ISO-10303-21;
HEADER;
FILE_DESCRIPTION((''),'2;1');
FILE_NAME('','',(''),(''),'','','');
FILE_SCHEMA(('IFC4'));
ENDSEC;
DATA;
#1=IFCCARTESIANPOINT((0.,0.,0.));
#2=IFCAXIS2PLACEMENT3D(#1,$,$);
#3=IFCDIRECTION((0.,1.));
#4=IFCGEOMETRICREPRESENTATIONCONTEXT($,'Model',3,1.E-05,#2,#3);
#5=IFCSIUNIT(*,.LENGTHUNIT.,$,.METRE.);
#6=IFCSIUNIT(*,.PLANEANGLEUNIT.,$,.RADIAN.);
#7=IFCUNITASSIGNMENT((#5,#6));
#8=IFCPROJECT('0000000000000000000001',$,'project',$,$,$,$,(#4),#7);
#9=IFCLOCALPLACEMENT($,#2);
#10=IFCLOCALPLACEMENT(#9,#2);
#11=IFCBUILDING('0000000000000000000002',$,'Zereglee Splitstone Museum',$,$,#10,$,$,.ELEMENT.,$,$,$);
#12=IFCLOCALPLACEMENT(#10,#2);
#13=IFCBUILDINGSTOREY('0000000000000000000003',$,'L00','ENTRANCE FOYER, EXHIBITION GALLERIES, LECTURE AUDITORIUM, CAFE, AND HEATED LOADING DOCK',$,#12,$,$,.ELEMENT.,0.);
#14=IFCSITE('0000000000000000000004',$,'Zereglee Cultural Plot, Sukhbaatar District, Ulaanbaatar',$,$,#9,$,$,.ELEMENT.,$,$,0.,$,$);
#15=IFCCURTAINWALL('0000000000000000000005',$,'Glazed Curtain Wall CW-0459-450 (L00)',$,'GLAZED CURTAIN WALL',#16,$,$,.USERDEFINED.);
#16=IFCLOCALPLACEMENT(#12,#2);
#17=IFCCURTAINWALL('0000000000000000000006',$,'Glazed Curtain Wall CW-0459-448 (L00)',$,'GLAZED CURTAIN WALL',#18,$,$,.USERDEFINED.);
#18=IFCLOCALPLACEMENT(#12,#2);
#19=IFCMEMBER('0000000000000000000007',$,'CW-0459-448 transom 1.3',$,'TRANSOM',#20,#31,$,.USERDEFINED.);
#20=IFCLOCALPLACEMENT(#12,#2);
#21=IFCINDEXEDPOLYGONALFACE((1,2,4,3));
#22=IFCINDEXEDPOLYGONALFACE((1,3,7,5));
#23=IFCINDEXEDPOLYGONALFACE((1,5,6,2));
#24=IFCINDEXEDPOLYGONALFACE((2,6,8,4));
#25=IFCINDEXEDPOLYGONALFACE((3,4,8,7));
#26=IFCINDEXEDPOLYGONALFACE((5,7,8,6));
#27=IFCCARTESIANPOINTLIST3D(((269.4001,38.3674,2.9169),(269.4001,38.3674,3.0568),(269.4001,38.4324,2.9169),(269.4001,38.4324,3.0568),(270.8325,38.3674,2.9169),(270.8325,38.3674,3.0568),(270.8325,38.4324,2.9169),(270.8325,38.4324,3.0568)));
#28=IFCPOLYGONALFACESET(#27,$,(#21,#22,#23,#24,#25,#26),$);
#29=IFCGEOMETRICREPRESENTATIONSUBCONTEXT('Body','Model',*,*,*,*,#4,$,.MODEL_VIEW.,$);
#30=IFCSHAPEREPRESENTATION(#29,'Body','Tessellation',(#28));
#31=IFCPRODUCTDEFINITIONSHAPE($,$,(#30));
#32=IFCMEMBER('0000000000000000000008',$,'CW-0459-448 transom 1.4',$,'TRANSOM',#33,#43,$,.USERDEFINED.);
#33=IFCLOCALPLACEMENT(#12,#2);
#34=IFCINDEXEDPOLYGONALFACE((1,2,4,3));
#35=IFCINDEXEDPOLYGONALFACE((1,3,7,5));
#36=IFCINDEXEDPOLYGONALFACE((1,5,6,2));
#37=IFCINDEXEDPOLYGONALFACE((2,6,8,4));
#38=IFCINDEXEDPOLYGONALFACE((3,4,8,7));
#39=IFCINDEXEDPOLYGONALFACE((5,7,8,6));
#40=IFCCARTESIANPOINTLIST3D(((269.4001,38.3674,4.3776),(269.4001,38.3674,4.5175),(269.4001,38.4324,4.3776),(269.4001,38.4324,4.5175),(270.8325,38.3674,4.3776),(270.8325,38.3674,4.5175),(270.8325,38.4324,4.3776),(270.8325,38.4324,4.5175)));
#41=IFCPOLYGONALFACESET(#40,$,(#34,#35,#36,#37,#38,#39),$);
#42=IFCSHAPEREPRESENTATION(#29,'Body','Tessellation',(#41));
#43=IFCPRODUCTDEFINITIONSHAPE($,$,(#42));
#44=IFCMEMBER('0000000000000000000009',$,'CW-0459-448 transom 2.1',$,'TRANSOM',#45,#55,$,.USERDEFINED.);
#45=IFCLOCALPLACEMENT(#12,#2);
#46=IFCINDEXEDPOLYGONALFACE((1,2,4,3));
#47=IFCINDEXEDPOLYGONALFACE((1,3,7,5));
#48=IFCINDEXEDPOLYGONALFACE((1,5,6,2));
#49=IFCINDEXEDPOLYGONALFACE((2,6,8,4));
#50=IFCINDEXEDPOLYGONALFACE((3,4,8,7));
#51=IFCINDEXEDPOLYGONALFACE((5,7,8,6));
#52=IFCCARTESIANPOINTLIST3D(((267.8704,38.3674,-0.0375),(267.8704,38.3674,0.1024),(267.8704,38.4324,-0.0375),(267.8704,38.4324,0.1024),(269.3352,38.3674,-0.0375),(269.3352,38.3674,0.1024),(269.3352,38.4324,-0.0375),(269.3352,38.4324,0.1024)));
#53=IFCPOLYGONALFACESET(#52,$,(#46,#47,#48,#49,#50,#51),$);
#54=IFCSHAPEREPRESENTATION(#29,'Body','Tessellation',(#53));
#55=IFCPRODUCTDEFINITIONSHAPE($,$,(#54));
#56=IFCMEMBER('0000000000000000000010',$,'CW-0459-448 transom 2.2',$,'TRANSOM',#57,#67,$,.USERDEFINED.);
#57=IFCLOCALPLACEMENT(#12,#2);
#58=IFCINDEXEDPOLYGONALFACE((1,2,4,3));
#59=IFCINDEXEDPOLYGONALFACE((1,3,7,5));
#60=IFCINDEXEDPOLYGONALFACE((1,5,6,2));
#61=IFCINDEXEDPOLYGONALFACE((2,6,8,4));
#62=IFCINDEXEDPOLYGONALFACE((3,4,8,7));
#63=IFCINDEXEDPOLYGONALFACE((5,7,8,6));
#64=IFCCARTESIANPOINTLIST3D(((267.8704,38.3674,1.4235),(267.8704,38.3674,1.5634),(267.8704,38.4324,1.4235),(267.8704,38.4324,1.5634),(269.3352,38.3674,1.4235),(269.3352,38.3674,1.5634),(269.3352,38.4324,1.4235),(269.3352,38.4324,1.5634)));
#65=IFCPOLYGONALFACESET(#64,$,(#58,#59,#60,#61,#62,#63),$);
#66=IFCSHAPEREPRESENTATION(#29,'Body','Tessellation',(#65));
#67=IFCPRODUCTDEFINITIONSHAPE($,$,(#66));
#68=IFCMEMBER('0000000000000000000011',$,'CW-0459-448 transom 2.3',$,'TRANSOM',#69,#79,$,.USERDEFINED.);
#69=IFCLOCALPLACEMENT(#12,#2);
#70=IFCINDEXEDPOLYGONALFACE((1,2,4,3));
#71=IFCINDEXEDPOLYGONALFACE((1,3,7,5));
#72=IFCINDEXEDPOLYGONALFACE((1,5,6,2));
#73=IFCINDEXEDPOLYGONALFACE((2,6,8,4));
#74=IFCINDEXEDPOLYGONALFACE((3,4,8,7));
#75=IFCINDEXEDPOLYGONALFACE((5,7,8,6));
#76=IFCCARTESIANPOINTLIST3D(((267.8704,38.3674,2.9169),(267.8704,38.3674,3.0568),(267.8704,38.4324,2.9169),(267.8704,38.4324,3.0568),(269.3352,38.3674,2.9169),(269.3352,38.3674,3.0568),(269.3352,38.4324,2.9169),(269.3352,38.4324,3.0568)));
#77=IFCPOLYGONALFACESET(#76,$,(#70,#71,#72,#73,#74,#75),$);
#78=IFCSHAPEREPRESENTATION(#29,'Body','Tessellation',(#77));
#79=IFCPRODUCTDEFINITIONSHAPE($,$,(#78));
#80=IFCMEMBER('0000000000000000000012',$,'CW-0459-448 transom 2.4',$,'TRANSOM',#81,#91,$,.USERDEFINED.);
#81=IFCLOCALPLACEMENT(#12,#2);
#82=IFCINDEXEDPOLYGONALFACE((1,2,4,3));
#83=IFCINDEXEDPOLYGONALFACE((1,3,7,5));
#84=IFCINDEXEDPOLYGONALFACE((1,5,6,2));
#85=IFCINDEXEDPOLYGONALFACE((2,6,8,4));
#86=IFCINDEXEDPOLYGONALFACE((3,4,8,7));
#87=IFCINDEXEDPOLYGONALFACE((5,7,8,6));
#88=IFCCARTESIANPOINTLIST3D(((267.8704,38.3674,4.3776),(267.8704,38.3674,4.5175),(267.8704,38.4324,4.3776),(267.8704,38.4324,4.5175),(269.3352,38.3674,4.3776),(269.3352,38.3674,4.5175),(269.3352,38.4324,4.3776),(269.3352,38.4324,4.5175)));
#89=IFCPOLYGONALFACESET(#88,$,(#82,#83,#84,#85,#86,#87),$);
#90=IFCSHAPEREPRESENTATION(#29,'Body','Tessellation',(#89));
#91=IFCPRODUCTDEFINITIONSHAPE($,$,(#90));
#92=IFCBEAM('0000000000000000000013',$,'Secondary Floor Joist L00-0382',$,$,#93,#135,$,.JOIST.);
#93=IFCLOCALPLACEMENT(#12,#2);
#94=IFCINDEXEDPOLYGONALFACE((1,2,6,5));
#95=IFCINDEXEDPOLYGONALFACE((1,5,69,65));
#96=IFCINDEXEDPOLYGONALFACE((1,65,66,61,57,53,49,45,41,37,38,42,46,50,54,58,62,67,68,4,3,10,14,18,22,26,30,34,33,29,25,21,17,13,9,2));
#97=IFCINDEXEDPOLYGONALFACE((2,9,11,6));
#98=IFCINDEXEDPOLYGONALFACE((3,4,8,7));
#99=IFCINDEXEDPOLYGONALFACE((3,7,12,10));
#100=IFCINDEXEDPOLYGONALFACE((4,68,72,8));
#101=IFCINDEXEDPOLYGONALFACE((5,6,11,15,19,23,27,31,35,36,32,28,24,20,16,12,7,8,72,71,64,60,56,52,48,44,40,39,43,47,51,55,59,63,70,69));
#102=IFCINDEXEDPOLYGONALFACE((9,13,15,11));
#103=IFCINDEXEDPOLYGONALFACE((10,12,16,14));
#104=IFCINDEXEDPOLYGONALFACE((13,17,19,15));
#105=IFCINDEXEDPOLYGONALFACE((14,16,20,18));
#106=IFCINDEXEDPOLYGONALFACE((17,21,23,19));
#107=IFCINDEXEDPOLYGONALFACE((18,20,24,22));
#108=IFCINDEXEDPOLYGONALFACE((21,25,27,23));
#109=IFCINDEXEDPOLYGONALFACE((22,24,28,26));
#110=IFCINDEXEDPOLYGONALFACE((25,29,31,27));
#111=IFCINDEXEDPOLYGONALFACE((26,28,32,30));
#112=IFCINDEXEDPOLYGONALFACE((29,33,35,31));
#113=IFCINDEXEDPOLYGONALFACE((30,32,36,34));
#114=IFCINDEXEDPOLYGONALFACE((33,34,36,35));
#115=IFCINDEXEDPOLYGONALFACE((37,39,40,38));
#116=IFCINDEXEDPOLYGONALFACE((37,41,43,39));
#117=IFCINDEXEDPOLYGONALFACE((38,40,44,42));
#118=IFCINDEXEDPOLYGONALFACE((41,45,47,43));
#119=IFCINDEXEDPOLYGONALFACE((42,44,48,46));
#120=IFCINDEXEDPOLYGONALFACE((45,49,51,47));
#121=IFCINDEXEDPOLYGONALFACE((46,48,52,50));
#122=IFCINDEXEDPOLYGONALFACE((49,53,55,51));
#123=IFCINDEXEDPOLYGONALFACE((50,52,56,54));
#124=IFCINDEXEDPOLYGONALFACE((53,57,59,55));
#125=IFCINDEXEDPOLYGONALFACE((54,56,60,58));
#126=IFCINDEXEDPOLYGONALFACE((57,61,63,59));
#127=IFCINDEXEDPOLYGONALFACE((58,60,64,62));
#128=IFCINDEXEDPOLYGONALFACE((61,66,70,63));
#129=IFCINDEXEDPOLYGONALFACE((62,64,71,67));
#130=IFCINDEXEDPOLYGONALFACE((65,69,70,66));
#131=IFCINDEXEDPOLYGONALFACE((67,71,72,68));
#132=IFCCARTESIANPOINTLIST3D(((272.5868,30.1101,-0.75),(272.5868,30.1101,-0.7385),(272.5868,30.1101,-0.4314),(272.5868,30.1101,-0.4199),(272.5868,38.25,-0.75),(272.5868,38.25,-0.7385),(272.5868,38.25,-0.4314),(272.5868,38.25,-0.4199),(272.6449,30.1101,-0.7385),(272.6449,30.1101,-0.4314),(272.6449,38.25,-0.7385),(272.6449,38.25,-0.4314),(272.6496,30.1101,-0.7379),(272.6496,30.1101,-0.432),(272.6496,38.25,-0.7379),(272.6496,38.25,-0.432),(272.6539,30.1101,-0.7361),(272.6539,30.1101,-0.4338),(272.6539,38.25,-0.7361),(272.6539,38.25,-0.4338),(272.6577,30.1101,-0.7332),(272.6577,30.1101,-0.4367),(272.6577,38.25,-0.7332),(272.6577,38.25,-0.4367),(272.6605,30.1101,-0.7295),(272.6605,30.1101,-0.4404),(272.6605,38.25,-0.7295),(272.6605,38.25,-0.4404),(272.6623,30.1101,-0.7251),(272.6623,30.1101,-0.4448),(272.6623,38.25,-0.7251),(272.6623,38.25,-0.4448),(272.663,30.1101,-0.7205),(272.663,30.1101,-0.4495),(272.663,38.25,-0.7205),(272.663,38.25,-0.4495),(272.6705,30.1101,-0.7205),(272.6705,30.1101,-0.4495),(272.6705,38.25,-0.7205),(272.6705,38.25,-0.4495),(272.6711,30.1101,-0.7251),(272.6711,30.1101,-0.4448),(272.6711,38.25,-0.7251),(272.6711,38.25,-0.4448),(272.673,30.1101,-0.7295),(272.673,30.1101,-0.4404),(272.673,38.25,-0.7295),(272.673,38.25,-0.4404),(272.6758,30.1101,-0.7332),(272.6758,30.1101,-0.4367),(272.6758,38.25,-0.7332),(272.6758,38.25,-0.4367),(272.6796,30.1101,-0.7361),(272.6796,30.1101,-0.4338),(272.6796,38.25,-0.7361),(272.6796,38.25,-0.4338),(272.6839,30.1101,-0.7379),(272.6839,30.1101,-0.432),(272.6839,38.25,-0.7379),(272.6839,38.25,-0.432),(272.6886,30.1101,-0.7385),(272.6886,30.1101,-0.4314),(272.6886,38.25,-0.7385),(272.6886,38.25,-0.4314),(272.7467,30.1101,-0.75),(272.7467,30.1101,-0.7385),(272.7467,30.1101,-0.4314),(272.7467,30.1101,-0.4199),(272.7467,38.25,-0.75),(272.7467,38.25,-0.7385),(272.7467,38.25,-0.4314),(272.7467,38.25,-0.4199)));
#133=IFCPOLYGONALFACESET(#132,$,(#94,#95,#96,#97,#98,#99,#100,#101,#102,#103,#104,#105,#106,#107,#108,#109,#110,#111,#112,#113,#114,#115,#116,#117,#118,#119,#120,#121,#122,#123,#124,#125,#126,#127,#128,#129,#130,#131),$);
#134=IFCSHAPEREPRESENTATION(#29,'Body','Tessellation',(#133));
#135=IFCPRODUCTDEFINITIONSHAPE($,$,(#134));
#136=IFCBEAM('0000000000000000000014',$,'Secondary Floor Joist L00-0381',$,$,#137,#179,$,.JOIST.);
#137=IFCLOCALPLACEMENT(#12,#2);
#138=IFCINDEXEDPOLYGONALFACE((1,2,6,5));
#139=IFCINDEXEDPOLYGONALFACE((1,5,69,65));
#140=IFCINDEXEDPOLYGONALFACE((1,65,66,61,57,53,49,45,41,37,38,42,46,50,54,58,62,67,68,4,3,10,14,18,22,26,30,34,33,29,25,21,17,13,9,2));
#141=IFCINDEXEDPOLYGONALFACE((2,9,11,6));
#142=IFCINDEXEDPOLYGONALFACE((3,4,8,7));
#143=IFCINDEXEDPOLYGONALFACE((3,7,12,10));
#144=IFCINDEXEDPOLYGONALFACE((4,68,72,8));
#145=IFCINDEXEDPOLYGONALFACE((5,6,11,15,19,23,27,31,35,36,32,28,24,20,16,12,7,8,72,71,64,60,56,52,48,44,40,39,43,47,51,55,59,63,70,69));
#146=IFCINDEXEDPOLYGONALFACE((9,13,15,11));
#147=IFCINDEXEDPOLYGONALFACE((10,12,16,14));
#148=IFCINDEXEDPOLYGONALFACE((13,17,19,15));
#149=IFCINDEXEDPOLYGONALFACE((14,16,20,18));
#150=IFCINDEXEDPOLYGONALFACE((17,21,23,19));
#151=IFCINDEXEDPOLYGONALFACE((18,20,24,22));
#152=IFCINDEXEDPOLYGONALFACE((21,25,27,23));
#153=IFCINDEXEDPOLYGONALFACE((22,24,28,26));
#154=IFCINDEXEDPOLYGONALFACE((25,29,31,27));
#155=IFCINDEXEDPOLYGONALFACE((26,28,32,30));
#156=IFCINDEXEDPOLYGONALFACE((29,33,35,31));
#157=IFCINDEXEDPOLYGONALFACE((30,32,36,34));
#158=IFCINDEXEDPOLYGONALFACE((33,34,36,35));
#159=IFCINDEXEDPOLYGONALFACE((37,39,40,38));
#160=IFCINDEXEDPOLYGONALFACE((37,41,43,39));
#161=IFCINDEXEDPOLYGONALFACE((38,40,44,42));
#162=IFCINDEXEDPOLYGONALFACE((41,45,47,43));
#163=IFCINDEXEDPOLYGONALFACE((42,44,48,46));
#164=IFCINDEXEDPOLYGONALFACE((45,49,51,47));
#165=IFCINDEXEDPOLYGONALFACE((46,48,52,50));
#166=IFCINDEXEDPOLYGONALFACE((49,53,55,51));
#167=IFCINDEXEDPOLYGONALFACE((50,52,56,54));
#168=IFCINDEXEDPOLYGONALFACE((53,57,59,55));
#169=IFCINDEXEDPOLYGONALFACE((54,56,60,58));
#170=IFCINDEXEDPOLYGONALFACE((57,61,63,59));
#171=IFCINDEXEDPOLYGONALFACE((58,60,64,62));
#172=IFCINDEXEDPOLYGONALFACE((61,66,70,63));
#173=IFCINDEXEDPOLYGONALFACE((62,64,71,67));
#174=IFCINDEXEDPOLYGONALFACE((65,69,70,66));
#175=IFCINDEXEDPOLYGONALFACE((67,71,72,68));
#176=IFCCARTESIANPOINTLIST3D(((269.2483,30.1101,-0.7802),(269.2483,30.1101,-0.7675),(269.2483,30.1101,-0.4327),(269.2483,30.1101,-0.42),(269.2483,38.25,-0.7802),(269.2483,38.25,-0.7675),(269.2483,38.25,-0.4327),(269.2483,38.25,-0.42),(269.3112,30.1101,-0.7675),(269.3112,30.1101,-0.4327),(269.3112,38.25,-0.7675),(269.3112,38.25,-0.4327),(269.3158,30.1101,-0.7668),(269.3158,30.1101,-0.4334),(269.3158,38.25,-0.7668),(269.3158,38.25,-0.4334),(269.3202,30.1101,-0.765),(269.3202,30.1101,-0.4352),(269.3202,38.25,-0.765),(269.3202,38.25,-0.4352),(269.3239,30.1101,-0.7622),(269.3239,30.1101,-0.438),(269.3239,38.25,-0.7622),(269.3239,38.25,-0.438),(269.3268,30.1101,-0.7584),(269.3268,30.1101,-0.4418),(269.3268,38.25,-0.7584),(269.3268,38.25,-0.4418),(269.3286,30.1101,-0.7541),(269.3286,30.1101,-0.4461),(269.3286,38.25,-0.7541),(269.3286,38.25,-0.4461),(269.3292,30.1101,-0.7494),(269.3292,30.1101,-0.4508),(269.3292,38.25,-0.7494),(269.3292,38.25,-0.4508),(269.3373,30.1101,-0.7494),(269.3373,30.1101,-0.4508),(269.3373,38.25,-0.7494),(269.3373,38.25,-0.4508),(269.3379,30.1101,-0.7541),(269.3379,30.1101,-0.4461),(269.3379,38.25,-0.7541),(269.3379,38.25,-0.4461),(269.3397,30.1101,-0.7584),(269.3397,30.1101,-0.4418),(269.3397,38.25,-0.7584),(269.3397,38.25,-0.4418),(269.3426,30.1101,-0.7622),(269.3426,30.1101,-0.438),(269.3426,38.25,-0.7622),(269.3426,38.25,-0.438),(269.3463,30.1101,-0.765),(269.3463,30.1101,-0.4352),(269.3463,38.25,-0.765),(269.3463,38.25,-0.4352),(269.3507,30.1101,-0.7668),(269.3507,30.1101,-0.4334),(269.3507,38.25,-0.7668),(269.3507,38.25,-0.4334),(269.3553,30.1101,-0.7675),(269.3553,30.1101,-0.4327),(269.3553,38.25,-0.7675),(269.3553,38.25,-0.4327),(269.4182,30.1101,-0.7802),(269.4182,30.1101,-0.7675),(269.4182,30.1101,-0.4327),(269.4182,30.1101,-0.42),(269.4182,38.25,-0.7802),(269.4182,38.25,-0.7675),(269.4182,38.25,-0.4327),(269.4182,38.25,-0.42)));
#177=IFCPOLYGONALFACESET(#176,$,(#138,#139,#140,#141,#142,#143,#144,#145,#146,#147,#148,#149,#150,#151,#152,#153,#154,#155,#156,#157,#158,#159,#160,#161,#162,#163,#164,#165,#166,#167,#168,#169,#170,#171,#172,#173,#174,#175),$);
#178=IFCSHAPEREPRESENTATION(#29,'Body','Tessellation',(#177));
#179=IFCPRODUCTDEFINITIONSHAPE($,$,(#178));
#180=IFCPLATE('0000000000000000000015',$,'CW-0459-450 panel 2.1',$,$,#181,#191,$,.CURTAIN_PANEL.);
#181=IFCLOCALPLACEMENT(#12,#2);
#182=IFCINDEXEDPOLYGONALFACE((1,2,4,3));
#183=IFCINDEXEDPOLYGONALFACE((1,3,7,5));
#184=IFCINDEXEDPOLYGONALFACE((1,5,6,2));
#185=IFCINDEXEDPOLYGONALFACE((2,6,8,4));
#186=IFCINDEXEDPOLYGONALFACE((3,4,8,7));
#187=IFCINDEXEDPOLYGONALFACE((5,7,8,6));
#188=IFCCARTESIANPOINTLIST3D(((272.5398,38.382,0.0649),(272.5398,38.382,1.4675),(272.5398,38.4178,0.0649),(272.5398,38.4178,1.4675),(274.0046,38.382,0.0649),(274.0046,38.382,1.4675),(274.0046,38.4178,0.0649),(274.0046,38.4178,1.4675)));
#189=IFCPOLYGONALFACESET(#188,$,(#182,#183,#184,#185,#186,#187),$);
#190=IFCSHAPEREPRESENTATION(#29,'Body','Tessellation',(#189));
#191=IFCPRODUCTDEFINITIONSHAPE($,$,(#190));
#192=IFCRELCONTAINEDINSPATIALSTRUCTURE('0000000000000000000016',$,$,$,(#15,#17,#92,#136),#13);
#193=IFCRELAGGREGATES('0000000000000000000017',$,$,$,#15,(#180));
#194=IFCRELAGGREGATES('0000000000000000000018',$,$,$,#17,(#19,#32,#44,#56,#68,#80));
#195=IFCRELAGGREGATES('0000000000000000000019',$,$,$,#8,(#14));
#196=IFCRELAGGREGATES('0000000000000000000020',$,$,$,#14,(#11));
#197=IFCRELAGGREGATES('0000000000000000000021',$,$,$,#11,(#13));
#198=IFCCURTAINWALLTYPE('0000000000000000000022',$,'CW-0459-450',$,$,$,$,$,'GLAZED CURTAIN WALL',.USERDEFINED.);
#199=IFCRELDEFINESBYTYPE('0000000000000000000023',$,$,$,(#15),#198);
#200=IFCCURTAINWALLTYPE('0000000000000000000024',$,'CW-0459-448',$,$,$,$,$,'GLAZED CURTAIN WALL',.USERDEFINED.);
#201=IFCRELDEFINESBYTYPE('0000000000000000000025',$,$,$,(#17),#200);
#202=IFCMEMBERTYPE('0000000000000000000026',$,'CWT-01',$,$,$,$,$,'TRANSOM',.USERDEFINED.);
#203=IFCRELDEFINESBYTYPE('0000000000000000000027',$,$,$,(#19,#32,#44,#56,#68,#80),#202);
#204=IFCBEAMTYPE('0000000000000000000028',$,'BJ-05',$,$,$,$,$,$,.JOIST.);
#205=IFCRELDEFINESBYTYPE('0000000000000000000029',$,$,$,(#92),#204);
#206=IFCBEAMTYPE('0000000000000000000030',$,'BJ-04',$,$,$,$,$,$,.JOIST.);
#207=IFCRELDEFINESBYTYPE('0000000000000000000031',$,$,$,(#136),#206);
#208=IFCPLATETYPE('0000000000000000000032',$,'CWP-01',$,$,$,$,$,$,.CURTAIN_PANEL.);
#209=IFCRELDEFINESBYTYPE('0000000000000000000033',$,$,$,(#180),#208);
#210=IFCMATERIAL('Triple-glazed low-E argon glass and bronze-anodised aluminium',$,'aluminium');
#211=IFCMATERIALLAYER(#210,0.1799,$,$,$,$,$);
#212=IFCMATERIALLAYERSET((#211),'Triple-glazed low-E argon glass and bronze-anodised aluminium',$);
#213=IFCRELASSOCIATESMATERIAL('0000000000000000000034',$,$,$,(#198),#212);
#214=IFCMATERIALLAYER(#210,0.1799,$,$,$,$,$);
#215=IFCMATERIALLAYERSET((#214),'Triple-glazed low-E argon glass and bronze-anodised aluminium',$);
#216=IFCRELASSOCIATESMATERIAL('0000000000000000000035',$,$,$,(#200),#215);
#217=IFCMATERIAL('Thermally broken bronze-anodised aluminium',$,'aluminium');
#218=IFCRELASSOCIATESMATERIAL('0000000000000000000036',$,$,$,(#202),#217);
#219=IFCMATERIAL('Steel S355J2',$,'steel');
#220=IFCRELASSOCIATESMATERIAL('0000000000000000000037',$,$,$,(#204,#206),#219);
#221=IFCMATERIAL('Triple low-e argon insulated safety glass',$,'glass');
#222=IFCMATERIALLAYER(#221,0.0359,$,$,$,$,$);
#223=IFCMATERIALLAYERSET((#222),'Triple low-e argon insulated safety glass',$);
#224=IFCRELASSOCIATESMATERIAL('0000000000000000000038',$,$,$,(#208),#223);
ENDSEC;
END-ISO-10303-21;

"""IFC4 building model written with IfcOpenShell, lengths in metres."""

from ifc_helpers import new_model, si_unit, direction, frame, origin, origin_2d, place, context, subcontext, project, spatial, rectangle, i_section, extrude, material, layer, layer_set, material_profile, profile_set, type_object, element, aggregate, save


model = new_model("IFC4")

# Units and contexts
model_context = context("Model", 3, precision=1e-05, world=origin(), true_north=direction((0.0, 1.0)))
body_context = subcontext(model_context, "Body", "Model", "MODEL_VIEW")
ifc_project = project(units=[si_unit("LENGTHUNIT", "METRE"), si_unit("PLANEANGLEUNIT", "RADIAN")], contexts=[model_context])

# Site, building, storey
site_placement = place(None, origin())
site = spatial("IfcSite", under=ifc_project, at=site_placement, Name="Zereglee Cultural Plot, Sukhbaatar District, Ulaanbaatar", CompositionType="ELEMENT", RefElevation=0.0)
building_placement = place(site_placement, origin())
building = spatial("IfcBuilding", under=site, at=building_placement, Name="Zereglee Splitstone Museum", CompositionType="ELEMENT")
storey_placement = place(building_placement, origin())
storey = spatial("IfcBuildingStorey", under=building, at=storey_placement, Name="L00", Description="ENTRANCE FOYER, EXHIBITION GALLERIES, LECTURE AUDITORIUM, CAFE, AND HEATED LOADING DOCK", CompositionType="ELEMENT", Elevation=0.0)

# Curtain walls
ifc_material_1 = material(Name="Triple-glazed low-E argon glass and bronze-anodised aluminium", Category="aluminium")
ifc_layer_1 = layer(ifc_material_1, 0.1799)
ifc_layer_set_1 = layer_set([ifc_layer_1], Name="Triple-glazed low-E argon glass and bronze-anodised aluminium")
curtain_wall_type_1 = type_object("IfcCurtainWallType", Name="CW-0459-450", ElementType="GLAZED CURTAIN WALL", PredefinedType="USERDEFINED", material=ifc_layer_set_1)
curtain_wall_1_placement = place(storey_placement, origin())
curtain_wall_1 = element("IfcCurtainWall", 1, at=curtain_wall_1_placement, inside=storey, type_object=curtain_wall_type_1, Name="Glazed Curtain Wall CW-0459-450 (L00)", ObjectType="GLAZED CURTAIN WALL", PredefinedType="USERDEFINED")
ifc_material_2 = material(Name="Thermally broken bronze-anodised aluminium", Category="aluminium")
ifc_layer_2 = layer(ifc_material_1, 0.1799)
ifc_layer_set_2 = layer_set([ifc_layer_2], Name="Triple-glazed low-E argon glass and bronze-anodised aluminium")
curtain_wall_type_2 = type_object("IfcCurtainWallType", Name="CW-0459-448", ElementType="GLAZED CURTAIN WALL", PredefinedType="USERDEFINED", material=ifc_layer_set_2)
curtain_wall_2_placement = place(storey_placement, origin())
curtain_wall_2 = element("IfcCurtainWall", 2, at=curtain_wall_2_placement, inside=storey, type_object=curtain_wall_type_2, Name="Glazed Curtain Wall CW-0459-448 (L00)", ObjectType="GLAZED CURTAIN WALL", PredefinedType="USERDEFINED")

# Members
ifc_material_profile_1 = material_profile(ifc_material_2, rectangle(XDim=0.0649, YDim=0.1399, at=origin_2d()), Name="CW TRAN 65x140")
ifc_profile_set_1 = profile_set([ifc_material_profile_1], Name="Thermally broken bronze-anodised aluminium")
member_type_1 = type_object("IfcMemberType", Name="CWT-01", ElementType="TRANSOM", PredefinedType="USERDEFINED", material=ifc_profile_set_1)
member_1_placement = place(storey_placement, frame((270.8325, 38.3999, 2.9868), z_axis=(-1.0, 0.0, 0.0), x_axis=(0.0, -1.0, 0.0)))
member_1 = element("IfcMember", 3, at=member_1_placement, type_object=member_type_1, Name="CW-0459-448 transom 1.3", ObjectType="TRANSOM", PredefinedType="USERDEFINED", context=body_context, shape_type="SweptSolid", body=[
    extrude(rectangle(XDim=0.0649, YDim=0.1399, at=origin_2d()), origin(), (0.0, 0.0, 1.0), 1.4324),
])
member_2_placement = place(storey_placement, frame((270.8325, 38.3999, 4.4475), z_axis=(-1.0, 0.0, 0.0), x_axis=(0.0, -1.0, 0.0)))
member_2 = element("IfcMember", 4, at=member_2_placement, type_object=member_type_1, Name="CW-0459-448 transom 1.4", ObjectType="TRANSOM", PredefinedType="USERDEFINED", context=body_context, shape_type="SweptSolid", body=[
    extrude(rectangle(XDim=0.0649, YDim=0.1399, at=origin_2d()), origin(), (0.0, 0.0, 1.0), 1.4324),
])
member_3_placement = place(storey_placement, frame((269.3352, 38.3999, 0.0325), z_axis=(-1.0, 0.0, 0.0), x_axis=(0.0, -1.0, 0.0)))
member_3 = element("IfcMember", 5, at=member_3_placement, type_object=member_type_1, Name="CW-0459-448 transom 2.1", ObjectType="TRANSOM", PredefinedType="USERDEFINED", context=body_context, shape_type="SweptSolid", body=[
    extrude(rectangle(XDim=0.0649, YDim=0.1399, at=origin_2d()), origin(), (0.0, 0.0, 1.0), 1.4648),
])
member_4_placement = place(storey_placement, frame((269.3352, 38.3999, 1.4934), z_axis=(-1.0, 0.0, 0.0), x_axis=(0.0, -1.0, 0.0)))
member_4 = element("IfcMember", 6, at=member_4_placement, type_object=member_type_1, Name="CW-0459-448 transom 2.2", ObjectType="TRANSOM", PredefinedType="USERDEFINED", context=body_context, shape_type="SweptSolid", body=[
    extrude(rectangle(XDim=0.0649, YDim=0.1399, at=origin_2d()), origin(), (0.0, 0.0, 1.0), 1.4648),
])
member_5_placement = place(storey_placement, frame((269.3352, 38.3999, 2.9868), z_axis=(-1.0, 0.0, 0.0), x_axis=(0.0, -1.0, 0.0)))
member_5 = element("IfcMember", 7, at=member_5_placement, type_object=member_type_1, Name="CW-0459-448 transom 2.3", ObjectType="TRANSOM", PredefinedType="USERDEFINED", context=body_context, shape_type="SweptSolid", body=[
    extrude(rectangle(XDim=0.0649, YDim=0.1399, at=origin_2d()), origin(), (0.0, 0.0, 1.0), 1.4648),
])
member_6_placement = place(storey_placement, frame((269.3352, 38.3999, 4.4475), z_axis=(-1.0, 0.0, 0.0), x_axis=(0.0, -1.0, 0.0)))
member_6 = element("IfcMember", 8, at=member_6_placement, type_object=member_type_1, Name="CW-0459-448 transom 2.4", ObjectType="TRANSOM", PredefinedType="USERDEFINED", context=body_context, shape_type="SweptSolid", body=[
    extrude(rectangle(XDim=0.0649, YDim=0.1399, at=origin_2d()), origin(), (0.0, 0.0, 1.0), 1.4648),
])

# Beams
ifc_material_3 = material(Name="Steel S355J2", Category="steel")
ifc_material_profile_2 = material_profile(ifc_material_3, i_section(OverallWidth=0.1599, OverallDepth=0.3301, WebThickness=0.0076, FlangeThickness=0.0115, FilletRadius=0.0181, at=origin_2d()), Name="IPE 330")
ifc_profile_set_2 = profile_set([ifc_material_profile_2], Name="Steel S355J2")
beam_type_1 = type_object("IfcBeamType", Name="BJ-05", PredefinedType="JOIST", material=ifc_profile_set_2)
beam_1_placement = place(storey_placement, frame((272.6667, 30.1101, -0.585), z_axis=(0.0, 1.0, 0.0), x_axis=(-1.0, 0.0, 0.0)))
element("IfcBeam", 9, at=beam_1_placement, inside=storey, type_object=beam_type_1, Name="Secondary Floor Joist L00-0382", PredefinedType="JOIST", context=body_context, shape_type="SweptSolid", body=[
    extrude(i_section(OverallWidth=0.1599, OverallDepth=0.3301, WebThickness=0.0076, FlangeThickness=0.0115, FilletRadius=0.0181, at=origin_2d()), origin(), (0.0, 0.0, 1.0), 8.1399),
])
ifc_material_profile_3 = material_profile(ifc_material_3, i_section(OverallWidth=0.1699, OverallDepth=0.3601, WebThickness=0.0081, FlangeThickness=0.0127, FilletRadius=0.0181, at=origin_2d()), Name="IPE 360")
ifc_profile_set_3 = profile_set([ifc_material_profile_3], Name="Steel S355J2")
beam_type_2 = type_object("IfcBeamType", Name="BJ-04", PredefinedType="JOIST", material=ifc_profile_set_3)
beam_2_placement = place(storey_placement, frame((269.3333, 30.1101, -0.6001), z_axis=(0.0, 1.0, 0.0), x_axis=(-1.0, 0.0, 0.0)))
element("IfcBeam", 10, at=beam_2_placement, inside=storey, type_object=beam_type_2, Name="Secondary Floor Joist L00-0381", PredefinedType="JOIST", context=body_context, shape_type="SweptSolid", body=[
    extrude(i_section(OverallWidth=0.1699, OverallDepth=0.3601, WebThickness=0.0081, FlangeThickness=0.0127, FilletRadius=0.0181, at=origin_2d()), origin(), (0.0, 0.0, 1.0), 8.1399),
])

# Plate
ifc_material_4 = material(Name="Triple low-e argon insulated safety glass", Category="glass")
ifc_layer_3 = layer(ifc_material_4, 0.0359)
ifc_layer_set_3 = layer_set([ifc_layer_3], Name="Triple low-e argon insulated safety glass")
plate_type = type_object("IfcPlateType", Name="CWP-01", PredefinedType="CURTAIN_PANEL", material=ifc_layer_set_3)
plate_1_placement = place(storey_placement, frame((273.2722, 38.3999, 0.0649), z_axis=(0.0, 0.0, 1.0), x_axis=(-1.0, 0.0, 0.0)))
plate_1 = element("IfcPlate", 11, at=plate_1_placement, type_object=plate_type, Name="CW-0459-450 panel 2.1", PredefinedType="CURTAIN_PANEL", context=body_context, shape_type="SweptSolid", body=[
    extrude(rectangle(XDim=1.4648, YDim=0.0359, at=origin_2d()), origin(), (0.0, 0.0, 1.0), 1.4026),
])
aggregate(curtain_wall_1, [plate_1])
aggregate(curtain_wall_2, [member_1, member_2, member_3, member_4, member_5, member_6])

save(model, "model.ifc")
